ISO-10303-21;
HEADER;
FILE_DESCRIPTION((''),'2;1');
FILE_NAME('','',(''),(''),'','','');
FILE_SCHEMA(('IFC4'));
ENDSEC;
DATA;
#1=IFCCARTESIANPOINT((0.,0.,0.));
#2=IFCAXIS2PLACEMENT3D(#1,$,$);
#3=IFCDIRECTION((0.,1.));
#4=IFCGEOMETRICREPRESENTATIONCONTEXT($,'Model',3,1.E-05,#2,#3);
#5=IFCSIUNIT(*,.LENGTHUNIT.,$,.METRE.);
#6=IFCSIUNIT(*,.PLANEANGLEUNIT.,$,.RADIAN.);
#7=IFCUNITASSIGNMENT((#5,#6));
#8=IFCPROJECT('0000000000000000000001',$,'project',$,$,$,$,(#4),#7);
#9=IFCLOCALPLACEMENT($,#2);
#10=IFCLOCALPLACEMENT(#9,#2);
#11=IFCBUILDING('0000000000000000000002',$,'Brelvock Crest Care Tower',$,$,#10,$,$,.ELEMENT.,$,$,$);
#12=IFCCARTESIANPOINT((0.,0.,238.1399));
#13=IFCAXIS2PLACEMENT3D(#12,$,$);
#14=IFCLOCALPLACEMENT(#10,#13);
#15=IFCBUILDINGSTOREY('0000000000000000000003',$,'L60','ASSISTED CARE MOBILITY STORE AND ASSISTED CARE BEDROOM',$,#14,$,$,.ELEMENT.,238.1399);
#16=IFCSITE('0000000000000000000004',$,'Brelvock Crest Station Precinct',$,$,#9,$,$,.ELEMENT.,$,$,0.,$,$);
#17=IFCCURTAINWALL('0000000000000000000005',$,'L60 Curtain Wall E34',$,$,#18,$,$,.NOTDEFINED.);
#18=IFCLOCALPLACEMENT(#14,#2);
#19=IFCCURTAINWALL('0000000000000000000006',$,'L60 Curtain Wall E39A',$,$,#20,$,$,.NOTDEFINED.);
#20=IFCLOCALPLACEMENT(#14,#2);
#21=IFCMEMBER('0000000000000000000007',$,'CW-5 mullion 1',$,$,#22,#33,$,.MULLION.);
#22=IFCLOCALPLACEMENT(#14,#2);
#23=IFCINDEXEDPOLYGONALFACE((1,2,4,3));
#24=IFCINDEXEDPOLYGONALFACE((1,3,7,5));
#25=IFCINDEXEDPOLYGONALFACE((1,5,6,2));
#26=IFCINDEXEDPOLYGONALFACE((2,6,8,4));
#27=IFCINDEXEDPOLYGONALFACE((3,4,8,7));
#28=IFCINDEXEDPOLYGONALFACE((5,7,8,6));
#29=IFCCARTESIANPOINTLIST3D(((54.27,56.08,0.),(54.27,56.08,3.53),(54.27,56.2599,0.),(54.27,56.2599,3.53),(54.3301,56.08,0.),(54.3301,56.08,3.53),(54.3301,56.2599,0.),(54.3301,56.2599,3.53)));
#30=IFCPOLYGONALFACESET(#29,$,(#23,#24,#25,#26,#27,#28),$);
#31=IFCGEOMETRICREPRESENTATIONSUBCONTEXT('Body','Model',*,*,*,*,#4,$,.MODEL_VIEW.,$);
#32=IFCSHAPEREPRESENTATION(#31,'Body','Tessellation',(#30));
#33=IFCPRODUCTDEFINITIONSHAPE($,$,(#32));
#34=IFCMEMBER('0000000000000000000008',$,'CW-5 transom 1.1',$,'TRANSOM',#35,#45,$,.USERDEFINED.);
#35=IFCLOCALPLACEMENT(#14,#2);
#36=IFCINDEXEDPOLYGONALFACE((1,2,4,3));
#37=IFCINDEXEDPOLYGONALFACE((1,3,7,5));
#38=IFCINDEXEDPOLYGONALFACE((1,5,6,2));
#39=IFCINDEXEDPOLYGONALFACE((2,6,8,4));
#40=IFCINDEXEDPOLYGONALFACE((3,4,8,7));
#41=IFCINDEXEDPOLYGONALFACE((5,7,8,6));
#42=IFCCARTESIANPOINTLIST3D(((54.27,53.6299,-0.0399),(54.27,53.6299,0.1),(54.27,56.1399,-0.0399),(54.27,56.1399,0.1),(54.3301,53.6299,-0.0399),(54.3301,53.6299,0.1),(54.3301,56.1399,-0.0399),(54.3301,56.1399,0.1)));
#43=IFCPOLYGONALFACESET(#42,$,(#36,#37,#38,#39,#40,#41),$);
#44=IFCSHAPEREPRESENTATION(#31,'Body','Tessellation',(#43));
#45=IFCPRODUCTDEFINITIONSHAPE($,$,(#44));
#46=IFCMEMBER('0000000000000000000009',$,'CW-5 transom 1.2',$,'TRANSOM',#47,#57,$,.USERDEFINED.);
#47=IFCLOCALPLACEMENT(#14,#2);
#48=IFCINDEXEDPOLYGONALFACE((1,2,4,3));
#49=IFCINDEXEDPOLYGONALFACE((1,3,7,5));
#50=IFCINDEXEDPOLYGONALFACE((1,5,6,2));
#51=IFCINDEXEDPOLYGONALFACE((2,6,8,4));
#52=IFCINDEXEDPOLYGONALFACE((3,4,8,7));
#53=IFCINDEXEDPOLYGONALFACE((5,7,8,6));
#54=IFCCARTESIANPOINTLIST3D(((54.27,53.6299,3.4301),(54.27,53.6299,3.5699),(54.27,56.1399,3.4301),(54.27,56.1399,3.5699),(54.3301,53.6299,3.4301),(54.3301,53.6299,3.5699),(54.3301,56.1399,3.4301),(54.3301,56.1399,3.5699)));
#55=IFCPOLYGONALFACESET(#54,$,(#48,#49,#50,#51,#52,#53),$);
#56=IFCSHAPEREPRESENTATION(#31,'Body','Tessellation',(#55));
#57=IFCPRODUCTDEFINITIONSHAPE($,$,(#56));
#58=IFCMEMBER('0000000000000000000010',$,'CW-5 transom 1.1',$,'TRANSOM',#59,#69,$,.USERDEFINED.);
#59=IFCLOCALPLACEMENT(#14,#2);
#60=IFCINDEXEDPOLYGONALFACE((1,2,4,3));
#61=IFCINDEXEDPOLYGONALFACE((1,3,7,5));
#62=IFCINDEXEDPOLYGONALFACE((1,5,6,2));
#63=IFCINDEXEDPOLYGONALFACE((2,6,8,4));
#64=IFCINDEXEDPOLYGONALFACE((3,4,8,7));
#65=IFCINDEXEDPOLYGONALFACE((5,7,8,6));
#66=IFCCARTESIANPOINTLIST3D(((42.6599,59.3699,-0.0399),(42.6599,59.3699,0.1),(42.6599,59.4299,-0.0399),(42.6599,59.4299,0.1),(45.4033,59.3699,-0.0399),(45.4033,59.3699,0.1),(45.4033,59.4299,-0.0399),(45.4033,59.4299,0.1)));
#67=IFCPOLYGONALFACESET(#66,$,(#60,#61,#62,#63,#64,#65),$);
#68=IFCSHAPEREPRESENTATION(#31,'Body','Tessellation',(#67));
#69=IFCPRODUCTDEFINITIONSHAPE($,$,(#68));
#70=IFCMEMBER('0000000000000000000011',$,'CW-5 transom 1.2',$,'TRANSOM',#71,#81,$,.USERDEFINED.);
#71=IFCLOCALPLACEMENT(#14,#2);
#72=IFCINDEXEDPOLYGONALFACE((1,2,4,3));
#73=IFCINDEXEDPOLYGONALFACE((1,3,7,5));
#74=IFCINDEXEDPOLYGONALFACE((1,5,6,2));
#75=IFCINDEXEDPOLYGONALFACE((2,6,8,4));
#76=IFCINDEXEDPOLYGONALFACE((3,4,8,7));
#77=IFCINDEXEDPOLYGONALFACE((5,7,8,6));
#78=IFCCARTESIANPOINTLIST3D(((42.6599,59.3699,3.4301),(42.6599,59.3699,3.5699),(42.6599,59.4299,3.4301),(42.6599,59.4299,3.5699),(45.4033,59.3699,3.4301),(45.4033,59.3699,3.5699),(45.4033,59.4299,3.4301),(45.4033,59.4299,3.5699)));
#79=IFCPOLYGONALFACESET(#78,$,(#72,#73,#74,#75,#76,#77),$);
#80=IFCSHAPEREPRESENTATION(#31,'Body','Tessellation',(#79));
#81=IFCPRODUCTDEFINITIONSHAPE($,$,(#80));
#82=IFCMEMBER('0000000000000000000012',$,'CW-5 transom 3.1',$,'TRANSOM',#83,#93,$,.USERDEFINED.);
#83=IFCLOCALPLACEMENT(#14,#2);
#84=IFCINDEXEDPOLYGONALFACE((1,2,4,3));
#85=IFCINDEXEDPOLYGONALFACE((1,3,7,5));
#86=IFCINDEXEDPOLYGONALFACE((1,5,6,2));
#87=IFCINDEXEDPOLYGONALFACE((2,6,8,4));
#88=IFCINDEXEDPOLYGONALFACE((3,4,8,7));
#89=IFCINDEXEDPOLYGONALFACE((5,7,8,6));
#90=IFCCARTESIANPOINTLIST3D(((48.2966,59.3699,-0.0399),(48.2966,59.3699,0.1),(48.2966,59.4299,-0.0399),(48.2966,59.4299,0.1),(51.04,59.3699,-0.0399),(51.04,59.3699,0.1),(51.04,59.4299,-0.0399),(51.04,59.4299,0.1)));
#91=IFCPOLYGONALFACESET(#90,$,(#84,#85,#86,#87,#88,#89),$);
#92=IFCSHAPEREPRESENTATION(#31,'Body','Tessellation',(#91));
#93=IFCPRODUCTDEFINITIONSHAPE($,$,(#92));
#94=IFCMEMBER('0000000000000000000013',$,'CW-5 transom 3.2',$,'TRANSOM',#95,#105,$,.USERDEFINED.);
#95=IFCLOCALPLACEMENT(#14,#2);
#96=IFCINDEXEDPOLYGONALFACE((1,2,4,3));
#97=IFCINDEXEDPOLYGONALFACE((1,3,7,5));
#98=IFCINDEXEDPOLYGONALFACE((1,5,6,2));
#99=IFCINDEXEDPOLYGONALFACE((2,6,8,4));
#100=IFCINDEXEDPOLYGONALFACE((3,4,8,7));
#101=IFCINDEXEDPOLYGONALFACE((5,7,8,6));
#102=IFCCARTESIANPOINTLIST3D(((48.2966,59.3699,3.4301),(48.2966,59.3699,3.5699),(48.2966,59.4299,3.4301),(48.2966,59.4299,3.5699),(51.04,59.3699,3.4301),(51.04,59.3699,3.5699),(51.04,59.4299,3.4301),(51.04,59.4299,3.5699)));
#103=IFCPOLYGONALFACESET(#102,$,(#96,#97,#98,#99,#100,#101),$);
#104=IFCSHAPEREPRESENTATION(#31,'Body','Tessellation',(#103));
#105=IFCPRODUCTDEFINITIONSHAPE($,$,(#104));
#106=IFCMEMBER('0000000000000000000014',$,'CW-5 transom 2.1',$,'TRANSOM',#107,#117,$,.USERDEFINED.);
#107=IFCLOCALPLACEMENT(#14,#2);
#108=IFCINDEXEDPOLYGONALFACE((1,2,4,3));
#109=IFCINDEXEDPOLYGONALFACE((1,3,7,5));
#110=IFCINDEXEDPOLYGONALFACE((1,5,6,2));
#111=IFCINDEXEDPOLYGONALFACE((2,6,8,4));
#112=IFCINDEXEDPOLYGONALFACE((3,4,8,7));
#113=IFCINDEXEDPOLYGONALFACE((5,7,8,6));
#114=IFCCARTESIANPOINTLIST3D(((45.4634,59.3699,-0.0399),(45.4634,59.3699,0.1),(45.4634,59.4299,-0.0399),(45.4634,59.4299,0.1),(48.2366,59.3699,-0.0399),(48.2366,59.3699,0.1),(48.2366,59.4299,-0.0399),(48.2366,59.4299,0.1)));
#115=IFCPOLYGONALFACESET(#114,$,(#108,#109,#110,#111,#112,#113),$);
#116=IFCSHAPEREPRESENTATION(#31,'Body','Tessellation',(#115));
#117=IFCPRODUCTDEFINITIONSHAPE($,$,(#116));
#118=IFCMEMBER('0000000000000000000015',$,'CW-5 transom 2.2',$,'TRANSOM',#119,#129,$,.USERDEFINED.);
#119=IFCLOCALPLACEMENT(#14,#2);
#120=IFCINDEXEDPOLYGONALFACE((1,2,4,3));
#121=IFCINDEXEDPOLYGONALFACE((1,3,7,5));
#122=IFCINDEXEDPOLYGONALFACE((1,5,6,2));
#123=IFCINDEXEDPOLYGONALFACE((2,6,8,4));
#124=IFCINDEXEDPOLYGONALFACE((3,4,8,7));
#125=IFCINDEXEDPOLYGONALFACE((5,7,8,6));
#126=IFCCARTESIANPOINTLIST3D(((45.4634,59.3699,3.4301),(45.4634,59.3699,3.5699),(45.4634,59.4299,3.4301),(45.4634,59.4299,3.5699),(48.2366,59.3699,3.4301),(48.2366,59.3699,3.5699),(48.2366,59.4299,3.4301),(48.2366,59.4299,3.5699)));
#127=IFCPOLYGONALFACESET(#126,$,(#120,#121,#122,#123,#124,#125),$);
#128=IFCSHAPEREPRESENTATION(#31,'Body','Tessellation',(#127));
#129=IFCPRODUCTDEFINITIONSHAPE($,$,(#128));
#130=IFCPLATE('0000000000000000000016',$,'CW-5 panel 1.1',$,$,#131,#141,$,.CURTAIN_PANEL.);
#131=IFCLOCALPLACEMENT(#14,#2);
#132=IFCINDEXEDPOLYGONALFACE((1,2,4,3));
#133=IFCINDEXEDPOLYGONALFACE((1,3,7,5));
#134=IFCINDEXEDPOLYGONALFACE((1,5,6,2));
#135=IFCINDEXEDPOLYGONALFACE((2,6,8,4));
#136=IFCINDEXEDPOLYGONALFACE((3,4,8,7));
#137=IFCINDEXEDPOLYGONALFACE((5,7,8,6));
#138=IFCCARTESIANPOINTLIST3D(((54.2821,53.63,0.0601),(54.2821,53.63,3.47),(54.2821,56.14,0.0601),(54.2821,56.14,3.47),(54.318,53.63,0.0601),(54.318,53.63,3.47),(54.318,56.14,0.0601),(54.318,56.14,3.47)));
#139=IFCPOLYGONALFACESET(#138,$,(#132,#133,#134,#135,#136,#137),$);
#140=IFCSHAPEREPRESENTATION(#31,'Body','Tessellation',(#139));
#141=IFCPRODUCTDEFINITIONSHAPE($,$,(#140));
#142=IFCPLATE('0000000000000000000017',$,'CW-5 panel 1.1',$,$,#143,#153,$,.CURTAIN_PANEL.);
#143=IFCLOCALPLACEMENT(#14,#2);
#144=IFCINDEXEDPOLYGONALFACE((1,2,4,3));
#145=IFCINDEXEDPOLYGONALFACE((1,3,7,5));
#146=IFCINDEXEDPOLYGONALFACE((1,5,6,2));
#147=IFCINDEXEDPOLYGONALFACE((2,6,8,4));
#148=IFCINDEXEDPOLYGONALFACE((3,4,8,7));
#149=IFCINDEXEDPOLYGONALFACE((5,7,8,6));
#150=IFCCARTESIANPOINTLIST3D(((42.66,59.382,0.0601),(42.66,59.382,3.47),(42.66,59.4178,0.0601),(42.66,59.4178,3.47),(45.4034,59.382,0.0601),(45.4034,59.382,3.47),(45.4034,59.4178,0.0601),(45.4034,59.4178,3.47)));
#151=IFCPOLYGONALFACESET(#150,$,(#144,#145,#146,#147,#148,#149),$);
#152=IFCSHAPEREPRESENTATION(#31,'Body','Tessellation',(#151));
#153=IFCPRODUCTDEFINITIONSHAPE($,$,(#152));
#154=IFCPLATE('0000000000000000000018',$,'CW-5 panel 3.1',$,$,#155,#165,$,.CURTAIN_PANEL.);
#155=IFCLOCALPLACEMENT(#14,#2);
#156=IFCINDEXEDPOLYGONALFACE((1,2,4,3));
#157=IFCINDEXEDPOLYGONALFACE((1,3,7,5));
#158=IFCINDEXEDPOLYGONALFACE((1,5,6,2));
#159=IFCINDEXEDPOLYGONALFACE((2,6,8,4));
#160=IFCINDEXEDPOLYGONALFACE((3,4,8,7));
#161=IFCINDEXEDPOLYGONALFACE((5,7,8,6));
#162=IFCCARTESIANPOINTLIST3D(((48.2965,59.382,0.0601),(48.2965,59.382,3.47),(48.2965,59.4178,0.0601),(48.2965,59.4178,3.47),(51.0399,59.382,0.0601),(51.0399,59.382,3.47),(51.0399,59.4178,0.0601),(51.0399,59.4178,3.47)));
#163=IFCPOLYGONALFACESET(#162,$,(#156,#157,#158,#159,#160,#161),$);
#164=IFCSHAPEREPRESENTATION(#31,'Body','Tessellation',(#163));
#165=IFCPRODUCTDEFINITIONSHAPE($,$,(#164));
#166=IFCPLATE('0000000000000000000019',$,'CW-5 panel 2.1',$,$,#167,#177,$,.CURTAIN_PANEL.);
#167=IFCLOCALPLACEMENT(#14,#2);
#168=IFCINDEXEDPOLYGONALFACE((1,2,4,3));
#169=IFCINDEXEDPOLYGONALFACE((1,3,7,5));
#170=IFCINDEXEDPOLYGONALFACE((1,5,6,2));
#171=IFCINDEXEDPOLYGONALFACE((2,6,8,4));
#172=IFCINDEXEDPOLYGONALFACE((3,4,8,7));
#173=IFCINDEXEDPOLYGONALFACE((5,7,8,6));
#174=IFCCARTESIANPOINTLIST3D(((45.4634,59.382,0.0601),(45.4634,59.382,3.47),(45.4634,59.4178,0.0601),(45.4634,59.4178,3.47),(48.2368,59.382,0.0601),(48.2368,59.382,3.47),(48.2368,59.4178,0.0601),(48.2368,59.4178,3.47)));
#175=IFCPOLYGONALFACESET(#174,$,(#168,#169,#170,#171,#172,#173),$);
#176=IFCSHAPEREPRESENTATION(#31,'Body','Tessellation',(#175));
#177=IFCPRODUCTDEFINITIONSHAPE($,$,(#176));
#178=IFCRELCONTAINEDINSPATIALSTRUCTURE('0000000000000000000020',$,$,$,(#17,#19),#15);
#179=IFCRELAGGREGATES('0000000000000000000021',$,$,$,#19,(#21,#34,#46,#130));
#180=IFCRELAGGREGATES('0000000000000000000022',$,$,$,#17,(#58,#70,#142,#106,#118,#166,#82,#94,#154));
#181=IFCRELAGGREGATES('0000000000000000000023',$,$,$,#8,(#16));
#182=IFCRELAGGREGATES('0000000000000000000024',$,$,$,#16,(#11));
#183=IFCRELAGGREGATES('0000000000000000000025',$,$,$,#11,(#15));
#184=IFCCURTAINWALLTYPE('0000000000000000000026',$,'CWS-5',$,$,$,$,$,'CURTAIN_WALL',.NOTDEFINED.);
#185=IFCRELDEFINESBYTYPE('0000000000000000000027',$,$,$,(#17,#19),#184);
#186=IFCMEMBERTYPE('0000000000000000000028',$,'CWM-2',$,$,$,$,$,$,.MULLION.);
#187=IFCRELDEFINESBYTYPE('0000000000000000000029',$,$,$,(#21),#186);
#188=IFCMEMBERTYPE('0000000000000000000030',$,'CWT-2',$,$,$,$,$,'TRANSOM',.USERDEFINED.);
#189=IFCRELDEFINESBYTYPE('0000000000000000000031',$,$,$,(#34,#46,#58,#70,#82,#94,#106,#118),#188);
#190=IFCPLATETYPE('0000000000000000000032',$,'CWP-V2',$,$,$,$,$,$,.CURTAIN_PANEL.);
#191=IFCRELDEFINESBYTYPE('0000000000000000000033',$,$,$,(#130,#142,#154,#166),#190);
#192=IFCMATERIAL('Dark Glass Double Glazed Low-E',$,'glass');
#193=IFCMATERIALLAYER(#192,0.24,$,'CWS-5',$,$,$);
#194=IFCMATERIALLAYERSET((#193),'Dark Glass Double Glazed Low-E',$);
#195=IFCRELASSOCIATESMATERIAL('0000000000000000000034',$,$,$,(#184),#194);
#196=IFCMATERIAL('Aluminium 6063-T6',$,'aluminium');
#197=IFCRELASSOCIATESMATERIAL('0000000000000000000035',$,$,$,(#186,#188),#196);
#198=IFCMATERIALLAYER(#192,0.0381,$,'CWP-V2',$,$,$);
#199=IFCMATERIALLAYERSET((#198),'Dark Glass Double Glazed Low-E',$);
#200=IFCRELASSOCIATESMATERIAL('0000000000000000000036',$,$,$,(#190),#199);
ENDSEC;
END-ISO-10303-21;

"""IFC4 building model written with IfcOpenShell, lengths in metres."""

from ifc_helpers import new_model, si_unit, direction, frame, origin, origin_2d, place, context, subcontext, project, spatial, rectangle, extrude, source, transform, mapped, material, layer, layer_set, material_profile, profile_set, type_object, element, aggregate, save


model = new_model("IFC4")

# Units and contexts
model_context = context("Model", 3, precision=1e-05, world=origin(), true_north=direction((0.0, 1.0)))
body_context = subcontext(model_context, "Body", "Model", "MODEL_VIEW")
ifc_project = project(units=[si_unit("LENGTHUNIT", "METRE"), si_unit("PLANEANGLEUNIT", "RADIAN")], contexts=[model_context])

# Site, building, storey
site_placement = place(None, origin())
site = spatial("IfcSite", under=ifc_project, at=site_placement, Name="Brelvock Crest Station Precinct", CompositionType="ELEMENT", RefElevation=0.0)
building_placement = place(site_placement, origin())
building = spatial("IfcBuilding", under=site, at=building_placement, Name="Brelvock Crest Care Tower", CompositionType="ELEMENT")
storey_placement = place(building_placement, frame((0.0, 0.0, 238.1399)))
storey = spatial("IfcBuildingStorey", under=building, at=storey_placement, Name="L60", Description="ASSISTED CARE MOBILITY STORE AND ASSISTED CARE BEDROOM", CompositionType="ELEMENT", Elevation=238.1399)

# Curtain walls, members
ifc_material_1 = material(Name="Dark Glass Double Glazed Low-E", Category="glass")
ifc_layer_1 = layer(ifc_material_1, 0.24, Name="CWS-5")
ifc_layer_set_1 = layer_set([ifc_layer_1], Name="Dark Glass Double Glazed Low-E")
curtain_wall_type = type_object("IfcCurtainWallType", Name="CWS-5", ElementType="CURTAIN_WALL", PredefinedType="NOTDEFINED", material=ifc_layer_set_1)
curtain_wall_1_placement = place(storey_placement, origin())
curtain_wall_1 = element("IfcCurtainWall", 1, at=curtain_wall_1_placement, inside=storey, type_object=curtain_wall_type, Name="L60 Curtain Wall E34", PredefinedType="NOTDEFINED")
ifc_material_2 = material(Name="Aluminium 6063-T6", Category="aluminium")
ifc_material_profile_1 = material_profile(ifc_material_2, rectangle(XDim=0.0601, YDim=0.1799, at=origin_2d()), Name="ALU60x180")
ifc_profile_set_1 = profile_set([ifc_material_profile_1], Name="Aluminium 6063-T6")
member_type_1 = type_object("IfcMemberType", Name="CWM-2", PredefinedType="MULLION", material=ifc_profile_set_1)
shared_shape_1 = source(origin(), body_context, "Body", "SweptSolid", [
    extrude(rectangle(XDim=0.0601, YDim=0.1799, at=origin_2d()), origin(), (0.0, 0.0, 1.0), 3.53),
])
curtain_wall_2_placement = place(storey_placement, origin())
curtain_wall_2 = element("IfcCurtainWall", 2, at=curtain_wall_2_placement, inside=storey, type_object=curtain_wall_type, Name="L60 Curtain Wall E39A", PredefinedType="NOTDEFINED")
member_1_placement = place(storey_placement, frame((54.3, 56.1699, 0.0), z_axis=(0.0, 0.0, 1.0), x_axis=(1.0, 0.0, 0.0)))
member_1 = element("IfcMember", 3, at=member_1_placement, type_object=member_type_1, Name="CW-5 mullion 1", PredefinedType="MULLION", context=body_context, shape_type="MappedRepresentation", body=[
    mapped(shared_shape_1, transform((0.0, 0.0, 0.0), x_axis=(1.0, 0.0, 0.0), y_axis=(0.0, 1.0, 0.0), z_axis=(0.0, 0.0, 1.0), scale=1.0)),
])
ifc_material_profile_2 = material_profile(ifc_material_2, rectangle(XDim=0.0601, YDim=0.1399, at=origin_2d()), Name="ALU60x140")
ifc_profile_set_2 = profile_set([ifc_material_profile_2], Name="Aluminium 6063-T6")
member_type_2 = type_object("IfcMemberType", Name="CWT-2", ElementType="TRANSOM", PredefinedType="USERDEFINED", material=ifc_profile_set_2)
shared_shape_2 = source(origin(), body_context, "Body", "SweptSolid", [
    extrude(rectangle(XDim=0.0601, YDim=0.1399, at=origin_2d()), origin(), (0.0, 0.0, 1.0), 2.51),
])
member_2_placement = place(storey_placement, frame((54.3, 56.1399, 0.03), z_axis=(0.0, -1.0, 0.0), x_axis=(1.0, 0.0, 0.0)))
member_2 = element("IfcMember", 4, at=member_2_placement, type_object=member_type_2, Name="CW-5 transom 1.1", ObjectType="TRANSOM", PredefinedType="USERDEFINED", context=body_context, shape_type="MappedRepresentation", body=[
    mapped(shared_shape_2, transform((0.0, 0.0, 0.0), x_axis=(1.0, 0.0, 0.0), y_axis=(0.0, 1.0, 0.0), z_axis=(0.0, 0.0, 1.0), scale=1.0)),
])
member_3_placement = place(storey_placement, frame((54.3, 56.1399, 3.5), z_axis=(0.0, -1.0, 0.0), x_axis=(1.0, 0.0, 0.0)))
member_3 = element("IfcMember", 5, at=member_3_placement, type_object=member_type_2, Name="CW-5 transom 1.2", ObjectType="TRANSOM", PredefinedType="USERDEFINED", context=body_context, shape_type="MappedRepresentation", body=[
    mapped(shared_shape_2, transform((0.0, 0.0, 0.0), x_axis=(1.0, 0.0, 0.0), y_axis=(0.0, 1.0, 0.0), z_axis=(0.0, 0.0, 1.0), scale=1.0)),
])

# Members
shared_shape_3 = source(origin(), body_context, "Body", "SweptSolid", [
    extrude(rectangle(XDim=0.0601, YDim=0.1399, at=origin_2d()), origin(), (0.0, 0.0, 1.0), 2.7434),
])
member_4_placement = place(storey_placement, frame((42.6599, 59.3999, 0.03), z_axis=(1.0, 0.0, 0.0), x_axis=(0.0, 1.0, 0.0)))
member_4 = element("IfcMember", 6, at=member_4_placement, type_object=member_type_2, Name="CW-5 transom 1.1", ObjectType="TRANSOM", PredefinedType="USERDEFINED", context=body_context, shape_type="MappedRepresentation", body=[
    mapped(shared_shape_3, transform((0.0, 0.0, 0.0), x_axis=(1.0, 0.0, 0.0), y_axis=(0.0, 1.0, 0.0), z_axis=(0.0, 0.0, 1.0), scale=1.0)),
])
member_5_placement = place(storey_placement, frame((42.6599, 59.3999, 3.5), z_axis=(1.0, 0.0, 0.0), x_axis=(0.0, 1.0, 0.0)))
member_5 = element("IfcMember", 7, at=member_5_placement, type_object=member_type_2, Name="CW-5 transom 1.2", ObjectType="TRANSOM", PredefinedType="USERDEFINED", context=body_context, shape_type="MappedRepresentation", body=[
    mapped(shared_shape_3, transform((0.0, 0.0, 0.0), x_axis=(1.0, 0.0, 0.0), y_axis=(0.0, 1.0, 0.0), z_axis=(0.0, 0.0, 1.0), scale=1.0)),
])
member_6_placement = place(storey_placement, frame((48.2966, 59.3999, 0.03), z_axis=(1.0, 0.0, 0.0), x_axis=(0.0, 1.0, 0.0)))
member_6 = element("IfcMember", 8, at=member_6_placement, type_object=member_type_2, Name="CW-5 transom 3.1", ObjectType="TRANSOM", PredefinedType="USERDEFINED", context=body_context, shape_type="MappedRepresentation", body=[
    mapped(shared_shape_3, transform((0.0, 0.0, 0.0), x_axis=(1.0, 0.0, 0.0), y_axis=(0.0, 1.0, 0.0), z_axis=(0.0, 0.0, 1.0), scale=1.0)),
])
member_7_placement = place(storey_placement, frame((48.2966, 59.3999, 3.5), z_axis=(1.0, 0.0, 0.0), x_axis=(0.0, 1.0, 0.0)))
member_7 = element("IfcMember", 9, at=member_7_placement, type_object=member_type_2, Name="CW-5 transom 3.2", ObjectType="TRANSOM", PredefinedType="USERDEFINED", context=body_context, shape_type="MappedRepresentation", body=[
    mapped(shared_shape_3, transform((0.0, 0.0, 0.0), x_axis=(1.0, 0.0, 0.0), y_axis=(0.0, 1.0, 0.0), z_axis=(0.0, 0.0, 1.0), scale=1.0)),
])
shared_shape_4 = source(origin(), body_context, "Body", "SweptSolid", [
    extrude(rectangle(XDim=0.0601, YDim=0.1399, at=origin_2d()), origin(), (0.0, 0.0, 1.0), 2.7732),
])
member_8_placement = place(storey_placement, frame((45.4634, 59.3999, 0.03), z_axis=(1.0, 0.0, 0.0), x_axis=(0.0, 1.0, 0.0)))
member_8 = element("IfcMember", 10, at=member_8_placement, type_object=member_type_2, Name="CW-5 transom 2.1", ObjectType="TRANSOM", PredefinedType="USERDEFINED", context=body_context, shape_type="MappedRepresentation", body=[
    mapped(shared_shape_4, transform((0.0, 0.0, 0.0), x_axis=(1.0, 0.0, 0.0), y_axis=(0.0, 1.0, 0.0), z_axis=(0.0, 0.0, 1.0), scale=1.0)),
])
member_9_placement = place(storey_placement, frame((45.4634, 59.3999, 3.5), z_axis=(1.0, 0.0, 0.0), x_axis=(0.0, 1.0, 0.0)))
member_9 = element("IfcMember", 11, at=member_9_placement, type_object=member_type_2, Name="CW-5 transom 2.2", ObjectType="TRANSOM", PredefinedType="USERDEFINED", context=body_context, shape_type="MappedRepresentation", body=[
    mapped(shared_shape_4, transform((0.0, 0.0, 0.0), x_axis=(1.0, 0.0, 0.0), y_axis=(0.0, 1.0, 0.0), z_axis=(0.0, 0.0, 1.0), scale=1.0)),
])

# Plates
ifc_layer_2 = layer(ifc_material_1, 0.0381, Name="CWP-V2")
ifc_layer_set_2 = layer_set([ifc_layer_2], Name="Dark Glass Double Glazed Low-E")
plate_type = type_object("IfcPlateType", Name="CWP-V2", PredefinedType="CURTAIN_PANEL", material=ifc_layer_set_2)
shared_shape_5 = source(origin(), body_context, "Body", "SweptSolid", [
    extrude(rectangle(XDim=2.51, YDim=0.0359, at=origin_2d()), origin(), (0.0, 0.0, 1.0), 3.4099),
])
plate_1_placement = place(storey_placement, frame((54.3, 54.885, 0.0601), z_axis=(0.0, 0.0, 1.0), x_axis=(0.0, -1.0, 0.0)))
plate_1 = element("IfcPlate", 12, at=plate_1_placement, type_object=plate_type, Name="CW-5 panel 1.1", PredefinedType="CURTAIN_PANEL", context=body_context, shape_type="MappedRepresentation", body=[
    mapped(shared_shape_5, transform((0.0, 0.0, 0.0), x_axis=(1.0, 0.0, 0.0), y_axis=(0.0, 1.0, 0.0), z_axis=(0.0, 0.0, 1.0), scale=1.0)),
])
aggregate(curtain_wall_2, [member_1, member_2, member_3, plate_1])
shared_shape_6 = source(origin(), body_context, "Body", "SweptSolid", [
    extrude(rectangle(XDim=2.7434, YDim=0.0359, at=origin_2d()), origin(), (0.0, 0.0, 1.0), 3.4099),
])
plate_2_placement = place(storey_placement, frame((44.0317, 59.3999, 0.0601), z_axis=(0.0, 0.0, 1.0), x_axis=(1.0, 0.0, 0.0)))
plate_2 = element("IfcPlate", 13, at=plate_2_placement, type_object=plate_type, Name="CW-5 panel 1.1", PredefinedType="CURTAIN_PANEL", context=body_context, shape_type="MappedRepresentation", body=[
    mapped(shared_shape_6, transform((0.0, 0.0, 0.0), x_axis=(1.0, 0.0, 0.0), y_axis=(0.0, 1.0, 0.0), z_axis=(0.0, 0.0, 1.0), scale=1.0)),
])
plate_3_placement = place(storey_placement, frame((49.6682, 59.3999, 0.0601), z_axis=(0.0, 0.0, 1.0), x_axis=(1.0, 0.0, 0.0)))
plate_3 = element("IfcPlate", 14, at=plate_3_placement, type_object=plate_type, Name="CW-5 panel 3.1", PredefinedType="CURTAIN_PANEL", context=body_context, shape_type="MappedRepresentation", body=[
    mapped(shared_shape_6, transform((0.0, 0.0, 0.0), x_axis=(1.0, 0.0, 0.0), y_axis=(0.0, 1.0, 0.0), z_axis=(0.0, 0.0, 1.0), scale=1.0)),
])
shared_shape_7 = source(origin(), body_context, "Body", "SweptSolid", [
    extrude(rectangle(XDim=2.7734, YDim=0.0359, at=origin_2d()), origin(), (0.0, 0.0, 1.0), 3.4099),
])
plate_4_placement = place(storey_placement, frame((46.8501, 59.3999, 0.0601), z_axis=(0.0, 0.0, 1.0), x_axis=(1.0, 0.0, 0.0)))
plate_4 = element("IfcPlate", 15, at=plate_4_placement, type_object=plate_type, Name="CW-5 panel 2.1", PredefinedType="CURTAIN_PANEL", context=body_context, shape_type="MappedRepresentation", body=[
    mapped(shared_shape_7, transform((0.0, 0.0, 0.0), x_axis=(1.0, 0.0, 0.0), y_axis=(0.0, 1.0, 0.0), z_axis=(0.0, 0.0, 1.0), scale=1.0)),
])
aggregate(curtain_wall_1, [member_4, member_5, plate_2, member_8, member_9, plate_4, member_6, member_7, plate_3])

save(model, "model.ifc")
